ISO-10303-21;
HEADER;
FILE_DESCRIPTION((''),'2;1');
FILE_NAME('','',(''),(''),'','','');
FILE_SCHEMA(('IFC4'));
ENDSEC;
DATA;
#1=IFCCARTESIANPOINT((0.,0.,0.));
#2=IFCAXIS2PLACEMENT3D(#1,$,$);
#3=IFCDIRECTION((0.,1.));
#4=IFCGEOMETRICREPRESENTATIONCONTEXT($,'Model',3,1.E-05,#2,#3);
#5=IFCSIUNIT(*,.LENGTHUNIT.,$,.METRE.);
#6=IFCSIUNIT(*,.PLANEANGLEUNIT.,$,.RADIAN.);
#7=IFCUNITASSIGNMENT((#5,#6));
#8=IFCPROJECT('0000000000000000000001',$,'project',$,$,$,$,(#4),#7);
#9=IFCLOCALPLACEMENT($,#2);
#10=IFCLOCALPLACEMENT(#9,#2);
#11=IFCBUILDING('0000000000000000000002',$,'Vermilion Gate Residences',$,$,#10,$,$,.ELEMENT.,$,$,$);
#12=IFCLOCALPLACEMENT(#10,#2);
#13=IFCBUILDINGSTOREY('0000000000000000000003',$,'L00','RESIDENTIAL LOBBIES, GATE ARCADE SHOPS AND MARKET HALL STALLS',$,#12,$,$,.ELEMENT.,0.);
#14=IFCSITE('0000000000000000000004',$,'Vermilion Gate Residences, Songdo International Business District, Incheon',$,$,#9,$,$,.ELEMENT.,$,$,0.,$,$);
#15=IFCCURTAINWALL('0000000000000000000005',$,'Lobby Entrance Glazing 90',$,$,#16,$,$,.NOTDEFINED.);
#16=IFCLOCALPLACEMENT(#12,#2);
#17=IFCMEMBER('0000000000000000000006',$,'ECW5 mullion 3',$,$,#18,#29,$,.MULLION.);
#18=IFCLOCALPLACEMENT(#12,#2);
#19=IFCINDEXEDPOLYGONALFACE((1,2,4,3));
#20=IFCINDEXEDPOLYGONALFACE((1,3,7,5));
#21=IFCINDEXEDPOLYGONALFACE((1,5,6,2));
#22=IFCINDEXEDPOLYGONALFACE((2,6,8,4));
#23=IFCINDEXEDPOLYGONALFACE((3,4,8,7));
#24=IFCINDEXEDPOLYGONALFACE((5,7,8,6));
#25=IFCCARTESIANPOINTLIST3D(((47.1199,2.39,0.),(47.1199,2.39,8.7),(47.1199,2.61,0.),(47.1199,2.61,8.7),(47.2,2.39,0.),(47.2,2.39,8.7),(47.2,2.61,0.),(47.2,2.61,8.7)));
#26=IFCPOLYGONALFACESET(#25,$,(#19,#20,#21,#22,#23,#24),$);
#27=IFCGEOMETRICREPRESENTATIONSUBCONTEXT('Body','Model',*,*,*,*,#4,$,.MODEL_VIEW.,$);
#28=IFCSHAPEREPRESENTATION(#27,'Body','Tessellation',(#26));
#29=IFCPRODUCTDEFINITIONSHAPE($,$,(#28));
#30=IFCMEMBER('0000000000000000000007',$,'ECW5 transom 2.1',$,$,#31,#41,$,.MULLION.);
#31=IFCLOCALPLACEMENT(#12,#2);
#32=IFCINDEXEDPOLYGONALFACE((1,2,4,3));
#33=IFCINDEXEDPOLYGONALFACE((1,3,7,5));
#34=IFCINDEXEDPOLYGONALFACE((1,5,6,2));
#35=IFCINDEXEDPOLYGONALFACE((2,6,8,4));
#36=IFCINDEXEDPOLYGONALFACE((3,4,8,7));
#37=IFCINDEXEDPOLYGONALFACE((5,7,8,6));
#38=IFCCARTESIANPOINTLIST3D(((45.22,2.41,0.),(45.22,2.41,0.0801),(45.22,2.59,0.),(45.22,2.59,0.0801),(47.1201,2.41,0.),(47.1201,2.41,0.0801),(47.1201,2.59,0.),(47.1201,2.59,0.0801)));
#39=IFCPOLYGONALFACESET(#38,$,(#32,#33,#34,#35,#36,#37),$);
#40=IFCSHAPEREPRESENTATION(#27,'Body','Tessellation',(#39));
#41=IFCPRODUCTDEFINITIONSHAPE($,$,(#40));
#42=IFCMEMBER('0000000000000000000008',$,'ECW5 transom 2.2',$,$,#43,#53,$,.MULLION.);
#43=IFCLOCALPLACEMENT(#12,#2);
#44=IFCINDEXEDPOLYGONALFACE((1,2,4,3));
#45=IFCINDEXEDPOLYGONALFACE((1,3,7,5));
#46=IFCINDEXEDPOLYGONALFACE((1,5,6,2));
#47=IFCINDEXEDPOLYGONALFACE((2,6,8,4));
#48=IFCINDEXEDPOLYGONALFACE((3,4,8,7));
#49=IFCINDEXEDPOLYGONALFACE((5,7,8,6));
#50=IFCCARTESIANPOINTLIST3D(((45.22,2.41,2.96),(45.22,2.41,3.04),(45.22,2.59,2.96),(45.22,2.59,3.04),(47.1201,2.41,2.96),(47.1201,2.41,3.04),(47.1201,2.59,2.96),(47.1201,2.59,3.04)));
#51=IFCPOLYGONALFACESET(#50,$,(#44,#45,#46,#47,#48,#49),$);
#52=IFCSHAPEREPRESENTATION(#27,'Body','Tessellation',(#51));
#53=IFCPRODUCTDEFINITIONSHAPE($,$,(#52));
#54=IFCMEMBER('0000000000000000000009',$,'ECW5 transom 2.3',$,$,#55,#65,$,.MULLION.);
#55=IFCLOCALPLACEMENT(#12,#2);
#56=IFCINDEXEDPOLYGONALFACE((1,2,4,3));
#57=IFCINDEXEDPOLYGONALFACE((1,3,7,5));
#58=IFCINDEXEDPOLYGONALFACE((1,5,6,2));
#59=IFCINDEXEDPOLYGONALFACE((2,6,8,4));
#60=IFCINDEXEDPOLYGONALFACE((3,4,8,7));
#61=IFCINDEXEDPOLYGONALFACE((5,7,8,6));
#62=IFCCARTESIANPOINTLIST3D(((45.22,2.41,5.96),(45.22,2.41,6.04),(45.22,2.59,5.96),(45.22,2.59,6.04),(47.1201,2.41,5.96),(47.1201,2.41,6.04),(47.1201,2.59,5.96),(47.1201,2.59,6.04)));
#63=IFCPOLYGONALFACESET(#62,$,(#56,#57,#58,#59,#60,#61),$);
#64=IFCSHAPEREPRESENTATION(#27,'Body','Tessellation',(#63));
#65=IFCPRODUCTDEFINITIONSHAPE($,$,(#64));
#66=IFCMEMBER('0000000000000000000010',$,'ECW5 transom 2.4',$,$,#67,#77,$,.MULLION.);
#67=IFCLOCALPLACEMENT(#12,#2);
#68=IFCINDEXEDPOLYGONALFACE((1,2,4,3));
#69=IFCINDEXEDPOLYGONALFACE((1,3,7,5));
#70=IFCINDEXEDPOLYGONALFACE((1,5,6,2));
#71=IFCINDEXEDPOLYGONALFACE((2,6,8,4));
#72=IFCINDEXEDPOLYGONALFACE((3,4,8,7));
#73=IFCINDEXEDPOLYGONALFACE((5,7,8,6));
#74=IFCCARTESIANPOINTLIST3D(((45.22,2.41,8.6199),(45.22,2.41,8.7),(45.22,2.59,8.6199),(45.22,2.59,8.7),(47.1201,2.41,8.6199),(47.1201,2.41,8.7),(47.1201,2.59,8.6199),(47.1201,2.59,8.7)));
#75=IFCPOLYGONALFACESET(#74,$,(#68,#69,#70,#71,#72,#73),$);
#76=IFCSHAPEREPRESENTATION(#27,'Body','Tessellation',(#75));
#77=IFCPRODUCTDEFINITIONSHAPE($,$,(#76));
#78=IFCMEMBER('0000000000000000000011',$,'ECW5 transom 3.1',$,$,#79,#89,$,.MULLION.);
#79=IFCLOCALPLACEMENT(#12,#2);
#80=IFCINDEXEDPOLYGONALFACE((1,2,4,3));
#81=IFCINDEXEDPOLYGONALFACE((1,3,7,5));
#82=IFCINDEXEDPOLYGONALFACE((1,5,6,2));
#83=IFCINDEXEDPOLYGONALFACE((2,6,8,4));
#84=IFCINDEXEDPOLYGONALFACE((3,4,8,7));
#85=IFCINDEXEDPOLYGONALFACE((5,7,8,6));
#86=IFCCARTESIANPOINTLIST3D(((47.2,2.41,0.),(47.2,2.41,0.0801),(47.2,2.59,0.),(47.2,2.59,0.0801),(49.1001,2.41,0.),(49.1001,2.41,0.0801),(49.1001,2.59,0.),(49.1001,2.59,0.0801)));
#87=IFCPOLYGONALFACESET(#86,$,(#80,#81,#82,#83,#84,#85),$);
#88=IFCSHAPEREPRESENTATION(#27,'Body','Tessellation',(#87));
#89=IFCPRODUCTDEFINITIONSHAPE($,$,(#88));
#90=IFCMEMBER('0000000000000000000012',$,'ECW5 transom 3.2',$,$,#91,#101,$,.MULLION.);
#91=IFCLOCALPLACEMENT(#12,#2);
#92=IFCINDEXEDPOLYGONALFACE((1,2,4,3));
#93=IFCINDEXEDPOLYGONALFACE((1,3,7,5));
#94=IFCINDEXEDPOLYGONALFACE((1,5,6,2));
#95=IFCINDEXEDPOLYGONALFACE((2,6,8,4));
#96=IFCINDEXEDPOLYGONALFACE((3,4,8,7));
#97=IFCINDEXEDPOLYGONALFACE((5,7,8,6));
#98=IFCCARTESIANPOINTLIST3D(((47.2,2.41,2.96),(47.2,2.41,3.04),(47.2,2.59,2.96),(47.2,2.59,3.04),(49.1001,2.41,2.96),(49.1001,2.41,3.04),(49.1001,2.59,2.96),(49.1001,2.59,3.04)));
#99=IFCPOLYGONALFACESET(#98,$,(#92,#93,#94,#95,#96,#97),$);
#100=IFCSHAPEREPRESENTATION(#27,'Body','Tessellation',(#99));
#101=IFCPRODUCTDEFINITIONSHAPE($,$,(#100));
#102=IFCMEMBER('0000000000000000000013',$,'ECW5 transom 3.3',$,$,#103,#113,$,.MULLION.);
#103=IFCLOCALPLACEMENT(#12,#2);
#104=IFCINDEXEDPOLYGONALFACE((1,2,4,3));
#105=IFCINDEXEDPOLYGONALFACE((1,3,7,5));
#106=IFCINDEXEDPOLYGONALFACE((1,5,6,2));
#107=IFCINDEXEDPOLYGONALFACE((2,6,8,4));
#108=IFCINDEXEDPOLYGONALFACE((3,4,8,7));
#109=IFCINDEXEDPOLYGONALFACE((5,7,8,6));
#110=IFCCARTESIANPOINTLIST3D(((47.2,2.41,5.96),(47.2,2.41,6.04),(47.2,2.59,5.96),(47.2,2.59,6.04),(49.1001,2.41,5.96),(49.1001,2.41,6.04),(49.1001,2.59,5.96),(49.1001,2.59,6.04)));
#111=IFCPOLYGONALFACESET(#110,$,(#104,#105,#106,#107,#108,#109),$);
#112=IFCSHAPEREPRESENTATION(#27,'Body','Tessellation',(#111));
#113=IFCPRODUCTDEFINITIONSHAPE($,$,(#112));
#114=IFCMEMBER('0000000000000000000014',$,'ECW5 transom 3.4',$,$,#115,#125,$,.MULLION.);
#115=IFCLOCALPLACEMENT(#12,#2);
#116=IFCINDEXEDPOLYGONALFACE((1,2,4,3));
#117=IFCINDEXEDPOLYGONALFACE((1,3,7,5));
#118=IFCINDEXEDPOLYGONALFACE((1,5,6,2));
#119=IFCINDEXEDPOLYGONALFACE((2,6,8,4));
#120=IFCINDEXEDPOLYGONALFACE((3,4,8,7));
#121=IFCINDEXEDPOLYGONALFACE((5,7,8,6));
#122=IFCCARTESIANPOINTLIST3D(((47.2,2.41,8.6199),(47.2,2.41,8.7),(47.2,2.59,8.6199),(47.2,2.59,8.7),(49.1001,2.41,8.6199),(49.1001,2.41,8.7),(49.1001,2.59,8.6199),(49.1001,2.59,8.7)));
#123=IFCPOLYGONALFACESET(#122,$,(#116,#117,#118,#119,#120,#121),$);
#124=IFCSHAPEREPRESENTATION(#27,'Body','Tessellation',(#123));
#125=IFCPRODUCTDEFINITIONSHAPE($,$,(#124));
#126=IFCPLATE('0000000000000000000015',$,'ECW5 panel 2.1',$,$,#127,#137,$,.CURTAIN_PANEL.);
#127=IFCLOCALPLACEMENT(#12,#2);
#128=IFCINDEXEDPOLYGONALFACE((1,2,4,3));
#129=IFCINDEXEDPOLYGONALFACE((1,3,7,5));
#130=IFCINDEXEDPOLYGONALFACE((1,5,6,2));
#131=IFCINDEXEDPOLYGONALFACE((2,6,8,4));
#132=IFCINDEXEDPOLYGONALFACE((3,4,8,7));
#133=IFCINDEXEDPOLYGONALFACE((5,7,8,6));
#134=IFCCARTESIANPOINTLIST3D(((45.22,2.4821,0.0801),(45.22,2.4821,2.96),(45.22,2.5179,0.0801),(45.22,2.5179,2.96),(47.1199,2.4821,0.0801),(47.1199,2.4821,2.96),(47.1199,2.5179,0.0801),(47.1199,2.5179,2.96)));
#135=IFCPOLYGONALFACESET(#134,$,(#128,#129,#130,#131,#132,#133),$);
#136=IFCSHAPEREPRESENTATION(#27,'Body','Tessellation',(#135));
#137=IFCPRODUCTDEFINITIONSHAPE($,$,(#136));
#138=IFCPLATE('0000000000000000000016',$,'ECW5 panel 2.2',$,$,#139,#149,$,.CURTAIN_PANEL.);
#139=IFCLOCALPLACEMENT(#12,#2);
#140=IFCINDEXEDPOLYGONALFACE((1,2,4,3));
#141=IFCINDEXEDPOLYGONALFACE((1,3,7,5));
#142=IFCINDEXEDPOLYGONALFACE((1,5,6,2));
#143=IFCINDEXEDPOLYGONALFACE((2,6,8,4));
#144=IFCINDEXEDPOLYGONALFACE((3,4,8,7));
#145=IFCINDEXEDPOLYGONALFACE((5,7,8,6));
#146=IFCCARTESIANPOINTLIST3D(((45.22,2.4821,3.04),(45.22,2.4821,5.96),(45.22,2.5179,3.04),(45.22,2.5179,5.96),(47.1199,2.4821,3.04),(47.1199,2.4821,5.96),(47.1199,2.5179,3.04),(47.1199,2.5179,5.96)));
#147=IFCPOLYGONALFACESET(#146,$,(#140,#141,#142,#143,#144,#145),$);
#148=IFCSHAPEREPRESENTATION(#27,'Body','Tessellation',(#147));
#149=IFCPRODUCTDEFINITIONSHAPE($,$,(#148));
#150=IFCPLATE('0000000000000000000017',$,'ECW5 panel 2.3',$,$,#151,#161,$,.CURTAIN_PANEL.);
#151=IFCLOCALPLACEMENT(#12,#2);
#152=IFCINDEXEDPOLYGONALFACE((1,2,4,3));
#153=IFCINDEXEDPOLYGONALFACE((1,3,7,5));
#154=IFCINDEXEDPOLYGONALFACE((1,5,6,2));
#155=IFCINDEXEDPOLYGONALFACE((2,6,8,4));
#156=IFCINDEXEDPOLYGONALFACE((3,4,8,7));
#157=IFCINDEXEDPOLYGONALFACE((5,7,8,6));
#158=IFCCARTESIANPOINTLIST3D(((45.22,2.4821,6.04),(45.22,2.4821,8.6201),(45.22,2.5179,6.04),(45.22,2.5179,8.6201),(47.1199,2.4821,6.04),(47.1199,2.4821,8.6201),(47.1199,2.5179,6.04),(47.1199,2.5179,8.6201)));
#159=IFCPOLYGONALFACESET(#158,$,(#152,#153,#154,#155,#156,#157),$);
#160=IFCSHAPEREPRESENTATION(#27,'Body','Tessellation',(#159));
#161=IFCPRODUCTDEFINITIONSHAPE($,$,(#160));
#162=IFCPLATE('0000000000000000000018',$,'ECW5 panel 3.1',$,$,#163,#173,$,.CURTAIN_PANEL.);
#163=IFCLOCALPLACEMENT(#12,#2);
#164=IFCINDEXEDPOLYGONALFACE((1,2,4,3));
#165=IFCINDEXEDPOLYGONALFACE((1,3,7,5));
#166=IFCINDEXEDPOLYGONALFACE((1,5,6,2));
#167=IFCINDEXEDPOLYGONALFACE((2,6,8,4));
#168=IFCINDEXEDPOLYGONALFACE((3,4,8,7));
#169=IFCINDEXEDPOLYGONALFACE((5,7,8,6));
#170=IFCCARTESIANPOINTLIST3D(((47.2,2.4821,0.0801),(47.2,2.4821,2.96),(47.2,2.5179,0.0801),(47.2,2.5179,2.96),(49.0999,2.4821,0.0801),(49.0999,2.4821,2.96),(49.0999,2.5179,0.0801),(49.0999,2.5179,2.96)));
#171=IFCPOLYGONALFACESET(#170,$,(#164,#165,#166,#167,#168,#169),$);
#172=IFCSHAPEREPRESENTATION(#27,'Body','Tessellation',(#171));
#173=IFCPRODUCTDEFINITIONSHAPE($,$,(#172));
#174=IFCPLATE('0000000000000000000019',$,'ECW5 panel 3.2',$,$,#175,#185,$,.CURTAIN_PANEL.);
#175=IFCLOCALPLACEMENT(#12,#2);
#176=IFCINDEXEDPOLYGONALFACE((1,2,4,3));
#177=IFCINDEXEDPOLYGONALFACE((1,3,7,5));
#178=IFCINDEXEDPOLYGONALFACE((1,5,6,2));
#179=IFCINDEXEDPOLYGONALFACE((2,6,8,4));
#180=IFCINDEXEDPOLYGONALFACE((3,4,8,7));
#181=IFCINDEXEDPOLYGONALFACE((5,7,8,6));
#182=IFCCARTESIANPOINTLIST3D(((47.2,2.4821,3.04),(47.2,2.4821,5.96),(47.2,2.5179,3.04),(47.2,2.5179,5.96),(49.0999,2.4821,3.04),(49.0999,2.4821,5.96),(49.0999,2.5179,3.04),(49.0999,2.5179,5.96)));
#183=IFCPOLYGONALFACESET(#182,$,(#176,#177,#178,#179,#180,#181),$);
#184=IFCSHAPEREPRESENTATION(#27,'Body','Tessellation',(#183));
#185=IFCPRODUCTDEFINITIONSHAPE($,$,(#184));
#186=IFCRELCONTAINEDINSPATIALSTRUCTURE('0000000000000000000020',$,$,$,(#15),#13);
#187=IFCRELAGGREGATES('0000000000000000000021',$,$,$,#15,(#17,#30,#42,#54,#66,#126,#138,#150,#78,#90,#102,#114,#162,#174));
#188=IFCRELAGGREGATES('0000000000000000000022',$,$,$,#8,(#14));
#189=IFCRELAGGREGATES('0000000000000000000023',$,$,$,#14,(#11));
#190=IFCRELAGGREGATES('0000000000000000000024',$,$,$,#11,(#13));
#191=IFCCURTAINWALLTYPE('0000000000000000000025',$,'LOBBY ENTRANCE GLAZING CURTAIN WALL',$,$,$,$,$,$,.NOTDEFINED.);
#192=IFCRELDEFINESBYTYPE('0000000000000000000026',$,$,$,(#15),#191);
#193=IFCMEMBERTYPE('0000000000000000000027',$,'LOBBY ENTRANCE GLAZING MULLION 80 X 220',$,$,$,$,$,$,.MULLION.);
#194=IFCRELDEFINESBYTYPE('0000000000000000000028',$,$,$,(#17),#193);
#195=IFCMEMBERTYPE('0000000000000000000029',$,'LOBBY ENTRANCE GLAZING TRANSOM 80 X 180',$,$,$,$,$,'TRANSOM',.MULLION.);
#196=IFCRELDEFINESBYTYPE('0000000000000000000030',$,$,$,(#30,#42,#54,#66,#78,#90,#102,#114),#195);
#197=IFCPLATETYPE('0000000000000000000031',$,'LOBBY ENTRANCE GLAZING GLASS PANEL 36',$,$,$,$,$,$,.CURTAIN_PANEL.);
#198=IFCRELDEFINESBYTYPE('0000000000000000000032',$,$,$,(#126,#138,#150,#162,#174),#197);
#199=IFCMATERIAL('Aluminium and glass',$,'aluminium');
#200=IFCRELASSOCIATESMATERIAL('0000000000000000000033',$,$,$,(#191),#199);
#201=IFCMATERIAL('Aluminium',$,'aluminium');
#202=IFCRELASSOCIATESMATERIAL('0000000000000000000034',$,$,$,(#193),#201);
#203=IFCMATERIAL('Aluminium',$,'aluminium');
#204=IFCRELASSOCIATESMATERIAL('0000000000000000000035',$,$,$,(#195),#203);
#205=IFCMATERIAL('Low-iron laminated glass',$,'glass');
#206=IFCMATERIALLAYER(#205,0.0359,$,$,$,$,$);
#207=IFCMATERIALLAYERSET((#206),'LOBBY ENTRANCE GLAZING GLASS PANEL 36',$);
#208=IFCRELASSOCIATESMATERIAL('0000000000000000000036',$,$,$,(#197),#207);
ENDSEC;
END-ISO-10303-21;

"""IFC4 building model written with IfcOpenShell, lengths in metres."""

from ifc_helpers import new_model, si_unit, direction, frame, origin, origin_2d, place, context, subcontext, project, spatial, rectangle, extrude, material, layer, layer_set, material_profile, profile_set, type_object, element, aggregate, save


model = new_model("IFC4")

# Units and contexts
model_context = context("Model", 3, precision=1e-05, world=origin(), true_north=direction((0.0, 1.0)))
body_context = subcontext(model_context, "Body", "Model", "MODEL_VIEW")
ifc_project = project(units=[si_unit("LENGTHUNIT", "METRE"), si_unit("PLANEANGLEUNIT", "RADIAN")], contexts=[model_context])

# Site, building, storey
site_placement = place(None, origin())
site = spatial("IfcSite", under=ifc_project, at=site_placement, Name="Vermilion Gate Residences, Songdo International Business District, Incheon", CompositionType="ELEMENT", RefElevation=0.0)
building_placement = place(site_placement, origin())
building = spatial("IfcBuilding", under=site, at=building_placement, Name="Vermilion Gate Residences", CompositionType="ELEMENT")
storey_placement = place(building_placement, origin())
storey = spatial("IfcBuildingStorey", under=building, at=storey_placement, Name="L00", Description="RESIDENTIAL LOBBIES, GATE ARCADE SHOPS AND MARKET HALL STALLS", CompositionType="ELEMENT", Elevation=0.0)

# Curtain wall, members, plates
ifc_material_1 = material(Name="Aluminium and glass", Category="aluminium")
curtain_wall_type = type_object("IfcCurtainWallType", Name="LOBBY ENTRANCE GLAZING CURTAIN WALL", PredefinedType="NOTDEFINED", material=ifc_material_1)
curtain_wall_placement = place(storey_placement, origin())
curtain_wall = element("IfcCurtainWall", 1, at=curtain_wall_placement, inside=storey, type_object=curtain_wall_type, Name="Lobby Entrance Glazing 90", PredefinedType="NOTDEFINED")
ifc_material_2 = material(Name="Aluminium", Category="aluminium")
ifc_material_profile_1 = material_profile(ifc_material_2, rectangle(XDim=0.22, YDim=0.0801, at=origin_2d()), Name="MULLION 80 X 220")
ifc_profile_set_1 = profile_set([ifc_material_profile_1], Name="Aluminium")
member_type_1 = type_object("IfcMemberType", Name="LOBBY ENTRANCE GLAZING MULLION 80 X 220", PredefinedType="MULLION", material=ifc_profile_set_1)
member_1_placement = place(storey_placement, frame((47.1599, 2.5, 0.0), z_axis=(0.0, 0.0, 1.0), x_axis=(0.0, 1.0, 0.0)))
member_1 = element("IfcMember", 2, at=member_1_placement, type_object=member_type_1, Name="ECW5 mullion 3", PredefinedType="MULLION", context=body_context, shape_type="SweptSolid", body=[
    extrude(rectangle(XDim=0.22, YDim=0.0801, at=origin_2d()), origin(), (0.0, 0.0, 1.0), 8.7),
])
ifc_material_3 = material(Name="Aluminium", Category="aluminium")
ifc_material_profile_2 = material_profile(ifc_material_3, rectangle(XDim=0.1799, YDim=0.0801, at=origin_2d()), Name="TRANSOM 80 X 180")
ifc_profile_set_2 = profile_set([ifc_material_profile_2], Name="Aluminium")
member_type_2 = type_object("IfcMemberType", Name="LOBBY ENTRANCE GLAZING TRANSOM 80 X 180", ElementType="TRANSOM", PredefinedType="MULLION", material=ifc_profile_set_2)
member_2_placement = place(storey_placement, frame((45.22, 2.5, 0.04), z_axis=(1.0, 0.0, 0.0), x_axis=(0.0, 1.0, 0.0)))
member_2 = element("IfcMember", 3, at=member_2_placement, type_object=member_type_2, Name="ECW5 transom 2.1", PredefinedType="MULLION", context=body_context, shape_type="SweptSolid", body=[
    extrude(rectangle(XDim=0.1799, YDim=0.0801, at=origin_2d()), origin(), (0.0, 0.0, 1.0), 1.9001),
])
member_3_placement = place(storey_placement, frame((45.22, 2.5, 3.0), z_axis=(1.0, 0.0, 0.0), x_axis=(0.0, 1.0, 0.0)))
member_3 = element("IfcMember", 4, at=member_3_placement, type_object=member_type_2, Name="ECW5 transom 2.2", PredefinedType="MULLION", context=body_context, shape_type="SweptSolid", body=[
    extrude(rectangle(XDim=0.1799, YDim=0.0801, at=origin_2d()), origin(), (0.0, 0.0, 1.0), 1.9001),
])
member_4_placement = place(storey_placement, frame((45.22, 2.5, 6.0), z_axis=(1.0, 0.0, 0.0), x_axis=(0.0, 1.0, 0.0)))
member_4 = element("IfcMember", 5, at=member_4_placement, type_object=member_type_2, Name="ECW5 transom 2.3", PredefinedType="MULLION", context=body_context, shape_type="SweptSolid", body=[
    extrude(rectangle(XDim=0.1799, YDim=0.0801, at=origin_2d()), origin(), (0.0, 0.0, 1.0), 1.9001),
])
member_5_placement = place(storey_placement, frame((45.22, 2.5, 8.6599), z_axis=(1.0, 0.0, 0.0), x_axis=(0.0, 1.0, 0.0)))
member_5 = element("IfcMember", 6, at=member_5_placement, type_object=member_type_2, Name="ECW5 transom 2.4", PredefinedType="MULLION", context=body_context, shape_type="SweptSolid", body=[
    extrude(rectangle(XDim=0.1799, YDim=0.0801, at=origin_2d()), origin(), (0.0, 0.0, 1.0), 1.9001),
])
member_6_placement = place(storey_placement, frame((47.2, 2.5, 0.04), z_axis=(1.0, 0.0, 0.0), x_axis=(0.0, 1.0, 0.0)))
member_6 = element("IfcMember", 7, at=member_6_placement, type_object=member_type_2, Name="ECW5 transom 3.1", PredefinedType="MULLION", context=body_context, shape_type="SweptSolid", body=[
    extrude(rectangle(XDim=0.1799, YDim=0.0801, at=origin_2d()), origin(), (0.0, 0.0, 1.0), 1.9001),
])
member_7_placement = place(storey_placement, frame((47.2, 2.5, 3.0), z_axis=(1.0, 0.0, 0.0), x_axis=(0.0, 1.0, 0.0)))
member_7 = element("IfcMember", 8, at=member_7_placement, type_object=member_type_2, Name="ECW5 transom 3.2", PredefinedType="MULLION", context=body_context, shape_type="SweptSolid", body=[
    extrude(rectangle(XDim=0.1799, YDim=0.0801, at=origin_2d()), origin(), (0.0, 0.0, 1.0), 1.9001),
])
member_8_placement = place(storey_placement, frame((47.2, 2.5, 6.0), z_axis=(1.0, 0.0, 0.0), x_axis=(0.0, 1.0, 0.0)))
member_8 = element("IfcMember", 9, at=member_8_placement, type_object=member_type_2, Name="ECW5 transom 3.3", PredefinedType="MULLION", context=body_context, shape_type="SweptSolid", body=[
    extrude(rectangle(XDim=0.1799, YDim=0.0801, at=origin_2d()), origin(), (0.0, 0.0, 1.0), 1.9001),
])
member_9_placement = place(storey_placement, frame((47.2, 2.5, 8.6599), z_axis=(1.0, 0.0, 0.0), x_axis=(0.0, 1.0, 0.0)))
member_9 = element("IfcMember", 10, at=member_9_placement, type_object=member_type_2, Name="ECW5 transom 3.4", PredefinedType="MULLION", context=body_context, shape_type="SweptSolid", body=[
    extrude(rectangle(XDim=0.1799, YDim=0.0801, at=origin_2d()), origin(), (0.0, 0.0, 1.0), 1.9001),
])
ifc_material_4 = material(Name="Low-iron laminated glass", Category="glass")
ifc_layer_1 = layer(ifc_material_4, 0.0359)
ifc_layer_set_1 = layer_set([ifc_layer_1], Name="LOBBY ENTRANCE GLAZING GLASS PANEL 36")
plate_type = type_object("IfcPlateType", Name="LOBBY ENTRANCE GLAZING GLASS PANEL 36", PredefinedType="CURTAIN_PANEL", material=ifc_layer_set_1)
plate_1_placement = place(storey_placement, frame((46.1699, 2.5, 0.0801), z_axis=(0.0, 0.0, 1.0), x_axis=(1.0, 0.0, 0.0)))
plate_1 = element("IfcPlate", 11, at=plate_1_placement, type_object=plate_type, Name="ECW5 panel 2.1", PredefinedType="CURTAIN_PANEL", context=body_context, shape_type="SweptSolid", body=[
    extrude(rectangle(XDim=1.8999, YDim=0.0359, at=origin_2d()), origin(), (0.0, 0.0, 1.0), 2.8799),
])
plate_2_placement = place(storey_placement, frame((46.1699, 2.5, 3.04), z_axis=(0.0, 0.0, 1.0), x_axis=(1.0, 0.0, 0.0)))
plate_2 = element("IfcPlate", 12, at=plate_2_placement, type_object=plate_type, Name="ECW5 panel 2.2", PredefinedType="CURTAIN_PANEL", context=body_context, shape_type="SweptSolid", body=[
    extrude(rectangle(XDim=1.8999, YDim=0.0359, at=origin_2d()), origin(), (0.0, 0.0, 1.0), 2.9199),
])
plate_3_placement = place(storey_placement, frame((46.1699, 2.5, 6.04), z_axis=(0.0, 0.0, 1.0), x_axis=(1.0, 0.0, 0.0)))
plate_3 = element("IfcPlate", 13, at=plate_3_placement, type_object=plate_type, Name="ECW5 panel 2.3", PredefinedType="CURTAIN_PANEL", context=body_context, shape_type="SweptSolid", body=[
    extrude(rectangle(XDim=1.8999, YDim=0.0359, at=origin_2d()), origin(), (0.0, 0.0, 1.0), 2.5801),
])
plate_4_placement = place(storey_placement, frame((48.1499, 2.5, 0.0801), z_axis=(0.0, 0.0, 1.0), x_axis=(1.0, 0.0, 0.0)))
plate_4 = element("IfcPlate", 14, at=plate_4_placement, type_object=plate_type, Name="ECW5 panel 3.1", PredefinedType="CURTAIN_PANEL", context=body_context, shape_type="SweptSolid", body=[
    extrude(rectangle(XDim=1.8999, YDim=0.0359, at=origin_2d()), origin(), (0.0, 0.0, 1.0), 2.8799),
])
plate_5_placement = place(storey_placement, frame((48.1499, 2.5, 3.04), z_axis=(0.0, 0.0, 1.0), x_axis=(1.0, 0.0, 0.0)))
plate_5 = element("IfcPlate", 15, at=plate_5_placement, type_object=plate_type, Name="ECW5 panel 3.2", PredefinedType="CURTAIN_PANEL", context=body_context, shape_type="SweptSolid", body=[
    extrude(rectangle(XDim=1.8999, YDim=0.0359, at=origin_2d()), origin(), (0.0, 0.0, 1.0), 2.9199),
])
aggregate(curtain_wall, [member_1, member_2, member_3, member_4, member_5, plate_1, plate_2, plate_3, member_6, member_7, member_8, member_9, plate_4, plate_5])

save(model, "model.ifc")
